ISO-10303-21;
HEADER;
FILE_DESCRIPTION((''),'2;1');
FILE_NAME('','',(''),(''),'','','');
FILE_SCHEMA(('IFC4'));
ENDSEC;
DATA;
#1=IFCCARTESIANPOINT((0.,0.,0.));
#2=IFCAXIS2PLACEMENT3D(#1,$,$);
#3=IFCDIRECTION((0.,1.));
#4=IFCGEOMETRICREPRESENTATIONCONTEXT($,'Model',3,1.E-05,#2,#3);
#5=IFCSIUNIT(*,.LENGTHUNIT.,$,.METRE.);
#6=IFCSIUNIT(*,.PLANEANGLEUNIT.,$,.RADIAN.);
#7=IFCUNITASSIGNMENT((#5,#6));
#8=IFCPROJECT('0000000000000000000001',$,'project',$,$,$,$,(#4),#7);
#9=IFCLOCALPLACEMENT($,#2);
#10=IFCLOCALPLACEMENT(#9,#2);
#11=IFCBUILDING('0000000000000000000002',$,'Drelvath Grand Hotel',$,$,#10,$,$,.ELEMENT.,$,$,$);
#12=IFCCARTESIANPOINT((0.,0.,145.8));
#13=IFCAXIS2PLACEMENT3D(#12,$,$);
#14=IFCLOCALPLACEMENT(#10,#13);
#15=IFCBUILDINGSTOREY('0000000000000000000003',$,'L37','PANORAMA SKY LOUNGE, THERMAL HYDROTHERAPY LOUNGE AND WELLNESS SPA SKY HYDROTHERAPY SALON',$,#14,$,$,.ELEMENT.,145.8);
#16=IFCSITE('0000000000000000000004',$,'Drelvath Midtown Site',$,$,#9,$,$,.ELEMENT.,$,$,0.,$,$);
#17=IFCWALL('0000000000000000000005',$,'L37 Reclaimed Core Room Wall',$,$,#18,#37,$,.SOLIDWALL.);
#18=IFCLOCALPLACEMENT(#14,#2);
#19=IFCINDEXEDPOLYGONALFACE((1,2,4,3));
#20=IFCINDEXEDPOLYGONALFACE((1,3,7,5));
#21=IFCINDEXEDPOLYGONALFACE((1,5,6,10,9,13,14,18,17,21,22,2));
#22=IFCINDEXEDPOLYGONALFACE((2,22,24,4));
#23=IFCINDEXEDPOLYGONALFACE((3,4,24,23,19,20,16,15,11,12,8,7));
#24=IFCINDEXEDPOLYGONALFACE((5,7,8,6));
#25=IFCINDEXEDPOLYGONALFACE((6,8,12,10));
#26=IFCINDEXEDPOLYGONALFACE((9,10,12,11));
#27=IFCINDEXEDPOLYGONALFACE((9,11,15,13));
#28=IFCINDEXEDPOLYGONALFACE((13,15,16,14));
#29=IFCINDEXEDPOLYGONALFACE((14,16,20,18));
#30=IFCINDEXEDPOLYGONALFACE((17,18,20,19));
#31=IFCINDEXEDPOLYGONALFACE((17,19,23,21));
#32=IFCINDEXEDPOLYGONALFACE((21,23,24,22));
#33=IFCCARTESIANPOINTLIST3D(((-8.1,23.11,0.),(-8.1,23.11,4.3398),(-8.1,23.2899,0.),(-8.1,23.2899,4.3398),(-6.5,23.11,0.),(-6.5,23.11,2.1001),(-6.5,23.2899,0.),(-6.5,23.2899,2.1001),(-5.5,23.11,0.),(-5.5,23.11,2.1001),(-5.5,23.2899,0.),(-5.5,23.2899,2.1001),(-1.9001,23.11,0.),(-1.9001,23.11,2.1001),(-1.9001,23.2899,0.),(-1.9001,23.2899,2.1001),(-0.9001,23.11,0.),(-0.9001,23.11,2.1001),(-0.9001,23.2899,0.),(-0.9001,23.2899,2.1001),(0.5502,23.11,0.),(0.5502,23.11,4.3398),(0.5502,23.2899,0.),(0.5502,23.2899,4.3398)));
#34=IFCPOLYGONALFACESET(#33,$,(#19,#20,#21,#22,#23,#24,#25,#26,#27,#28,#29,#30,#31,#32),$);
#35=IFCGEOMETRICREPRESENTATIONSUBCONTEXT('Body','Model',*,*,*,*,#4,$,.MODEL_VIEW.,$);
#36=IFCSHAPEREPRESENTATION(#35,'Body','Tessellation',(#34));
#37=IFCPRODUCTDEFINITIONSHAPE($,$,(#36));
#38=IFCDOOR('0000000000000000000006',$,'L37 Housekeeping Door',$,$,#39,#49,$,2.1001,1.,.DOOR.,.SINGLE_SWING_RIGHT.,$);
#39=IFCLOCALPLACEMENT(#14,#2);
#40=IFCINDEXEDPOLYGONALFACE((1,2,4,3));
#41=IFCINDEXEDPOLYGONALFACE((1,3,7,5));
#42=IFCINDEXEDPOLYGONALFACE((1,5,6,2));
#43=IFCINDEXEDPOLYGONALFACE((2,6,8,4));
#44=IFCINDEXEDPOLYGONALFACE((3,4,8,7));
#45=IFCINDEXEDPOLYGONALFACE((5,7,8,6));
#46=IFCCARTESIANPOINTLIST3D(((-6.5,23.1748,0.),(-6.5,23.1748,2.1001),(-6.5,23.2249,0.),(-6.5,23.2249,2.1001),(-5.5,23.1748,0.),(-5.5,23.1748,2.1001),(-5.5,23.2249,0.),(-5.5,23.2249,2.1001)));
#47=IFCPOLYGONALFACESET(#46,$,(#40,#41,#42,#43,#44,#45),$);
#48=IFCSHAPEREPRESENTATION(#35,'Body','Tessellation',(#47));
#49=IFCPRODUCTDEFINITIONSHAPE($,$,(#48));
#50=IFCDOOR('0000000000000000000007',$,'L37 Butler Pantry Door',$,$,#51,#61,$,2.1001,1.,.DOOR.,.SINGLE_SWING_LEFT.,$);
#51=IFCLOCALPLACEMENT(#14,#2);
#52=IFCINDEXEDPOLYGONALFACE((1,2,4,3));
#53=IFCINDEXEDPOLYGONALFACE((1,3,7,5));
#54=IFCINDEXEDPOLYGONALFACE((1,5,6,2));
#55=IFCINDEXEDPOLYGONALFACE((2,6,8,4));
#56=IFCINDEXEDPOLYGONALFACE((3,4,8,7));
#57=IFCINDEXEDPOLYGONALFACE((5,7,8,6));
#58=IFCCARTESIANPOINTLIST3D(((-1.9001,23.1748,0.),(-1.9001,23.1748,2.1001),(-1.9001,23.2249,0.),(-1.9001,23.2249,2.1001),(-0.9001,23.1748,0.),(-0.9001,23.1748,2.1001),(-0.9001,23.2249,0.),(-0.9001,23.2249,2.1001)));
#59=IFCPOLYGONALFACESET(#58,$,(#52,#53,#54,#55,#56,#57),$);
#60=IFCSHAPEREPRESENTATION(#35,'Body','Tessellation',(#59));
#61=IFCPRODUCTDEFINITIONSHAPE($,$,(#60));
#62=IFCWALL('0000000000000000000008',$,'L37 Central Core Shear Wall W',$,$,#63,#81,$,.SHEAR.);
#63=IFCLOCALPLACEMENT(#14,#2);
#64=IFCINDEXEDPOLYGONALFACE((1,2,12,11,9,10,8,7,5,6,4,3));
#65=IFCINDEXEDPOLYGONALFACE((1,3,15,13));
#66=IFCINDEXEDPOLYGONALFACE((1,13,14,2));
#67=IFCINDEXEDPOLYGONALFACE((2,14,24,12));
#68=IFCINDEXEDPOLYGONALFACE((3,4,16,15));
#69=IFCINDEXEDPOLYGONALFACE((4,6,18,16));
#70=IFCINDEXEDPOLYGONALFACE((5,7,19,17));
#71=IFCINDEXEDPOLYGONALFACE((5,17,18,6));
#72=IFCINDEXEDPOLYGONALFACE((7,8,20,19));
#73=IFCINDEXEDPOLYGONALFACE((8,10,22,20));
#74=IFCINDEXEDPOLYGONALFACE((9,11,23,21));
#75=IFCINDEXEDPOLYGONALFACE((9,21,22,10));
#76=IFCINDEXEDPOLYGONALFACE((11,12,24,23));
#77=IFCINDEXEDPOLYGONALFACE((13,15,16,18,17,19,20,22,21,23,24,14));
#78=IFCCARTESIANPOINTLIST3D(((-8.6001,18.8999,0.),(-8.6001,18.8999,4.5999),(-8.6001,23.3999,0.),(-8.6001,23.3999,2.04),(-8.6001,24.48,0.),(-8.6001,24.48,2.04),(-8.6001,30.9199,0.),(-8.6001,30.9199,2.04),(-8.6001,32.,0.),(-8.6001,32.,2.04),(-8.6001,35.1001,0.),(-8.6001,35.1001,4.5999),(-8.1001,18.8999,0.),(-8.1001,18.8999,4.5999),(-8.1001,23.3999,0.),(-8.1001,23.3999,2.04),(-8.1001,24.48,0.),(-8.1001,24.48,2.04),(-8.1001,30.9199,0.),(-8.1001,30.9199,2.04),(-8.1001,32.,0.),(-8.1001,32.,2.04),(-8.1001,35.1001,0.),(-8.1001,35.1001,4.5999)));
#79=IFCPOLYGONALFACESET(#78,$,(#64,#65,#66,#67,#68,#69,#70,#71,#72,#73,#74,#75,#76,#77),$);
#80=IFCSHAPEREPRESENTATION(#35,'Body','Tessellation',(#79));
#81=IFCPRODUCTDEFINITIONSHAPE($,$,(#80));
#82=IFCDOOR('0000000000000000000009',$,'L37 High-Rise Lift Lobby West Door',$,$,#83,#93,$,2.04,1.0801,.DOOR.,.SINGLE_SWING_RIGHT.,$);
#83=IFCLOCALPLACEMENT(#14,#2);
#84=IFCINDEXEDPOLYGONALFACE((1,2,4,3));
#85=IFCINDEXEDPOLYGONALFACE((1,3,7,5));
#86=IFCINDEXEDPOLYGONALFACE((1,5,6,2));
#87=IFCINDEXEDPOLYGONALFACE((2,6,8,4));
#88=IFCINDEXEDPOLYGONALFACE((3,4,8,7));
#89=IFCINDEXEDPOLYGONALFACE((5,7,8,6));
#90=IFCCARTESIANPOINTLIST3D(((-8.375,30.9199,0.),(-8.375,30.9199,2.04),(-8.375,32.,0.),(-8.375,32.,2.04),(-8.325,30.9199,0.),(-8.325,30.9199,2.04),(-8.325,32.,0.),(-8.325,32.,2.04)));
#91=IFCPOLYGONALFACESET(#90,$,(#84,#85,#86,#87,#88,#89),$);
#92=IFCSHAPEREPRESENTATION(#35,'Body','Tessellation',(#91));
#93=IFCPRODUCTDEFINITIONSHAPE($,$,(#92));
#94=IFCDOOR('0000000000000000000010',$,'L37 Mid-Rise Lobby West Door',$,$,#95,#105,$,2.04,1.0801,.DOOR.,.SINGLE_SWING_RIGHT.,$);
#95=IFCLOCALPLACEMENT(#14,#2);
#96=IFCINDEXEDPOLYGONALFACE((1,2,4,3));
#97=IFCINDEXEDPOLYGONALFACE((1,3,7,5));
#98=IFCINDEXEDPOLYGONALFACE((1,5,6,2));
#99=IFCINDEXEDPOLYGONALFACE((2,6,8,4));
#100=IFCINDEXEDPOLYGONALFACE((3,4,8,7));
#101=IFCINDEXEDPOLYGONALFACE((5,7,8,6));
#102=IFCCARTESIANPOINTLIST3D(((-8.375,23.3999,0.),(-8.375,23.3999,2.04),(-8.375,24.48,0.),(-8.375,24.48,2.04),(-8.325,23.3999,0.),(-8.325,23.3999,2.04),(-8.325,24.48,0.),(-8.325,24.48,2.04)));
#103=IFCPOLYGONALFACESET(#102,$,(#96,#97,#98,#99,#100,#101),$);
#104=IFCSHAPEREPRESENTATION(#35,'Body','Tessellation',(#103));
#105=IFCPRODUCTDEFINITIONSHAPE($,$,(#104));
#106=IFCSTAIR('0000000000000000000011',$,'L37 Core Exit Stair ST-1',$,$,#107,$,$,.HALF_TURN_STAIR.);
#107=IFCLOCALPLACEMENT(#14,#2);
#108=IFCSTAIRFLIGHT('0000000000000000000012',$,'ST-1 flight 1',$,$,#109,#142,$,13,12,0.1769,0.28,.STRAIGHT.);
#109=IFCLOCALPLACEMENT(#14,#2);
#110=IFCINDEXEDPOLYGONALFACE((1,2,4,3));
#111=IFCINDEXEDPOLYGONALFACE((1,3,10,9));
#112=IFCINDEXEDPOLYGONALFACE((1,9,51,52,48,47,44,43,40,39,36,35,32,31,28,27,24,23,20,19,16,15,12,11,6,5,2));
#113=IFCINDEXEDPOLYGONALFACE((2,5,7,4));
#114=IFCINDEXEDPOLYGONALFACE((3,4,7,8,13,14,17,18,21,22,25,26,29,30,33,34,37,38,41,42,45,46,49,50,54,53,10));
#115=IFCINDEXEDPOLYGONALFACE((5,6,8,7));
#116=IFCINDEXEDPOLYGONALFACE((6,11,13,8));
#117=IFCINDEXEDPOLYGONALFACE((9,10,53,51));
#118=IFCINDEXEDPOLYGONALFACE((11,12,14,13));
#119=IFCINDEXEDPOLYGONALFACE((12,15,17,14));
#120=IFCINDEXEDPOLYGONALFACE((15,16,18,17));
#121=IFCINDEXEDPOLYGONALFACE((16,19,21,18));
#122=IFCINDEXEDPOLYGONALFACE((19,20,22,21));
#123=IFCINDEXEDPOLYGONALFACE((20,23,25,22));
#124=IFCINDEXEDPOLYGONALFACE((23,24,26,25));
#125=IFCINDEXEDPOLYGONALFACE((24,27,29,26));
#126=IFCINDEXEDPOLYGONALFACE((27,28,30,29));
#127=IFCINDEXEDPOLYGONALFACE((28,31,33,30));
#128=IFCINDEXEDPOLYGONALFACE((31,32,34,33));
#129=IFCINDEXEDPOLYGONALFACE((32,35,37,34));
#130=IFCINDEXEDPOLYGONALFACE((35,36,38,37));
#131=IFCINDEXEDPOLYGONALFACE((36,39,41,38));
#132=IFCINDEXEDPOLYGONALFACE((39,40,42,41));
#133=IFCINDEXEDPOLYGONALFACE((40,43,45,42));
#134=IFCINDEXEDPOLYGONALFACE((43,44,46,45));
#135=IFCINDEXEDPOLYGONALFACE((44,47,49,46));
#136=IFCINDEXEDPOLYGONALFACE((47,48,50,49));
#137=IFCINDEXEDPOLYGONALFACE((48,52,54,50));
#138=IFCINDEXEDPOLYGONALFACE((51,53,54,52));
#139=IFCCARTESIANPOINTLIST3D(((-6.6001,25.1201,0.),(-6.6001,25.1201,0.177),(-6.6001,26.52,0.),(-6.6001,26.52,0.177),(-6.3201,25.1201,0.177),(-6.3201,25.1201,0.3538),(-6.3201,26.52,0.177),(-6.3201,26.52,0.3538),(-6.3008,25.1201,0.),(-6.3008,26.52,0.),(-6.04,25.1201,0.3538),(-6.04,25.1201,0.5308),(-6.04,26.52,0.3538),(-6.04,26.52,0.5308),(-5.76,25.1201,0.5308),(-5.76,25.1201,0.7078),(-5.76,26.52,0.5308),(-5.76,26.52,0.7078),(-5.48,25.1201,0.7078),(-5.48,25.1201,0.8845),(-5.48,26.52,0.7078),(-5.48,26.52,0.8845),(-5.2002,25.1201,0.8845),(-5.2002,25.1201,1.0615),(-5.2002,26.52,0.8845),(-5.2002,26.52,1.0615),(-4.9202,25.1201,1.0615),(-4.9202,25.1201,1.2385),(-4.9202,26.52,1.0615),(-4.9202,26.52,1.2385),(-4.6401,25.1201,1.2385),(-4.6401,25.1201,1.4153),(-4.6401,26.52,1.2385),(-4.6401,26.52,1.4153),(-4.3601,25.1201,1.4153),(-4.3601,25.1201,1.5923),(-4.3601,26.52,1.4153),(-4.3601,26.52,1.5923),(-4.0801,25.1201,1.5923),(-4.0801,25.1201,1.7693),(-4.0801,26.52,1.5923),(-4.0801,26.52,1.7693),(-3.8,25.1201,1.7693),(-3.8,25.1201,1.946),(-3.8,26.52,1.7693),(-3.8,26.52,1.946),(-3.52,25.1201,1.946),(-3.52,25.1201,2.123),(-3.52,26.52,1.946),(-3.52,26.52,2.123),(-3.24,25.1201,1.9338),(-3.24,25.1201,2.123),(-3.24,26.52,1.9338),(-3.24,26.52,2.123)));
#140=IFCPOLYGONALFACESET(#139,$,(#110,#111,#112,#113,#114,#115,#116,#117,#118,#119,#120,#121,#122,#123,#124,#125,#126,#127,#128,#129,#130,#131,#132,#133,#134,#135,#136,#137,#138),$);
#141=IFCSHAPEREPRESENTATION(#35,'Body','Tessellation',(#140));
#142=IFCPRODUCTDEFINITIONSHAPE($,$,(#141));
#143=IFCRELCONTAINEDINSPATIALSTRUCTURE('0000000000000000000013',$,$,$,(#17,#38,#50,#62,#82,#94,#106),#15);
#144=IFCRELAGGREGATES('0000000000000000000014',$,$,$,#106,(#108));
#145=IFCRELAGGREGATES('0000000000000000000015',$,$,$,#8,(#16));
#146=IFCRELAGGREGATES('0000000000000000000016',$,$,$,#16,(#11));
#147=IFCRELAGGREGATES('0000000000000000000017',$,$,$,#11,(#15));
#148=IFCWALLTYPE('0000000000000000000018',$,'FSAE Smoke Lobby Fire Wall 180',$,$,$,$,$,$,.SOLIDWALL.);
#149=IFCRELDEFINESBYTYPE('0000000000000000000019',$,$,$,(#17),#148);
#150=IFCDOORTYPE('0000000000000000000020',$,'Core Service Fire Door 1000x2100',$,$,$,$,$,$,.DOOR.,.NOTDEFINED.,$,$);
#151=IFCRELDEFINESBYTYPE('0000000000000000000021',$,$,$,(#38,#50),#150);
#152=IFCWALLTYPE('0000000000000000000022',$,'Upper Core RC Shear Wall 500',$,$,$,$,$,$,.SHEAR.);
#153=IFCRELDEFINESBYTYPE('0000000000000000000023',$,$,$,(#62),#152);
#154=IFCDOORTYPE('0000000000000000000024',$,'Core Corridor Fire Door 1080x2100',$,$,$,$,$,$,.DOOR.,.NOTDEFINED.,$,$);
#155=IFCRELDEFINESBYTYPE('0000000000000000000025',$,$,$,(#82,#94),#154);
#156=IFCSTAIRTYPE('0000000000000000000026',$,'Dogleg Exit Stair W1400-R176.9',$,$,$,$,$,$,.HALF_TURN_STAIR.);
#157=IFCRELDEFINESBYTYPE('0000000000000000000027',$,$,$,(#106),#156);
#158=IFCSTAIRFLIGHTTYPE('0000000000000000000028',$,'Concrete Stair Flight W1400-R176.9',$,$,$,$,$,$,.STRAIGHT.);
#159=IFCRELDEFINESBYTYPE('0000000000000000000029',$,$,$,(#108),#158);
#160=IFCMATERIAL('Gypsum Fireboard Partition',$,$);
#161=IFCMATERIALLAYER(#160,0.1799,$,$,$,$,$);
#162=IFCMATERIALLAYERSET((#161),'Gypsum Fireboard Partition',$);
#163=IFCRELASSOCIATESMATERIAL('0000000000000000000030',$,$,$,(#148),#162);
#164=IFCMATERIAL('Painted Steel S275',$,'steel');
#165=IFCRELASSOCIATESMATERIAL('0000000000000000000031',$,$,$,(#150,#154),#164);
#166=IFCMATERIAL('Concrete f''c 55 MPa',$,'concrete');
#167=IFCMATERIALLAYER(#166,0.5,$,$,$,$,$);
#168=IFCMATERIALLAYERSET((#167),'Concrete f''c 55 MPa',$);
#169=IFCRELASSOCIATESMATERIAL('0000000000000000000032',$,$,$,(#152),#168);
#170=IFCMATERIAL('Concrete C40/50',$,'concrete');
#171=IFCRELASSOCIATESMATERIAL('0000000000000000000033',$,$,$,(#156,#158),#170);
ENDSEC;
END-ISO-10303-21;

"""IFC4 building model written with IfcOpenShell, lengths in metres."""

from ifc_helpers import new_model, si_unit, direction, frame, frame_2d, origin, place, context, subcontext, project, spatial, polyline, rectangle, outline, extrude, material, layer, layer_set, type_object, element, fill, aggregate, save


model = new_model("IFC4")

# Units and contexts
model_context = context("Model", 3, precision=1e-05, world=origin(), true_north=direction((0.0, 1.0)))
body_context = subcontext(model_context, "Body", "Model", "MODEL_VIEW")
ifc_project = project(units=[si_unit("LENGTHUNIT", "METRE"), si_unit("PLANEANGLEUNIT", "RADIAN")], contexts=[model_context])

# Site, building, storey
site_placement = place(None, origin())
site = spatial("IfcSite", under=ifc_project, at=site_placement, Name="Drelvath Midtown Site", CompositionType="ELEMENT", RefElevation=0.0)
building_placement = place(site_placement, origin())
building = spatial("IfcBuilding", under=site, at=building_placement, Name="Drelvath Grand Hotel", CompositionType="ELEMENT")
storey_placement = place(building_placement, frame((0.0, 0.0, 145.8)))
storey = spatial("IfcBuildingStorey", under=building, at=storey_placement, Name="L37", Description="PANORAMA SKY LOUNGE, THERMAL HYDROTHERAPY LOUNGE AND WELLNESS SPA SKY HYDROTHERAPY SALON", CompositionType="ELEMENT", Elevation=145.8)

# Shared definitions
ifc_material_1 = material(Name="Concrete f'c 55 MPa", Category="concrete")

# Shared definitions
ifc_material_2 = material(Name="Concrete C40/50", Category="concrete")
ifc_material_3 = material(Name="Painted Steel S275", Category="steel")

# Shared definitions
ifc_material_4 = material(Name="Gypsum Fireboard Partition")

# Walls, openings, doors
ifc_layer_1 = layer(ifc_material_4, 0.1799)
ifc_layer_set_1 = layer_set([ifc_layer_1], Name="Gypsum Fireboard Partition")
wall_type_1 = type_object("IfcWallType", Name="FSAE Smoke Lobby Fire Wall 180", PredefinedType="SOLIDWALL", material=ifc_layer_set_1)
wall_1_placement = place(storey_placement, frame((-8.1001, 23.2, 0.0), z_axis=(0.0, 0.0, 1.0), x_axis=(1.0, 0.0, 0.0)))
wall_1 = element("IfcWall", 1, at=wall_1_placement, inside=storey, type_object=wall_type_1, Name="L37 Reclaimed Core Room Wall", PredefinedType="SOLIDWALL", context=body_context, shape_type="SweptSolid", body=[
    extrude(rectangle(XDim=8.6501, YDim=0.1799, at=frame_2d((4.3252, 0.0))), origin(), (0.0, 0.0, 1.0), 4.3398),
])
opening_1_placement = place(wall_1_placement, frame((1.6001, 0.0, 0.0)))
opening_1 = element("IfcOpeningElement", 2, at=opening_1_placement, cuts=wall_1, PredefinedType="OPENING", context=body_context, shape_type="SweptSolid", body=[
    extrude(rectangle(XDim=1.0, YDim=2.1001, at=frame_2d((0.5, 1.05))), frame((0.0, 0.0999, 0.0), z_axis=(0.0, -1.0, 0.0), x_axis=(1.0, 0.0, 0.0)), (0.0, 0.0, 1.0), 0.2),
])
opening_2_placement = place(wall_1_placement, frame((6.2, 0.0, 0.0)))
opening_2 = element("IfcOpeningElement", 3, at=opening_2_placement, cuts=wall_1, PredefinedType="OPENING", context=body_context, shape_type="SweptSolid", body=[
    extrude(rectangle(XDim=1.0, YDim=2.1001, at=frame_2d((0.5, 1.05))), frame((0.0, 0.0999, 0.0), z_axis=(0.0, -1.0, 0.0), x_axis=(1.0, 0.0, 0.0)), (0.0, 0.0, 1.0), 0.2),
])
door_type_1 = type_object("IfcDoorType", Name="Core Service Fire Door 1000x2100", OperationType="NOTDEFINED", PredefinedType="DOOR", material=ifc_material_3)
door_1_placement = place(opening_1_placement, origin())
door_1 = element("IfcDoor", 4, at=door_1_placement, inside=storey, type_object=door_type_1, Name="L37 Housekeeping Door", OperationType="SINGLE_SWING_RIGHT", OverallHeight=2.1001, OverallWidth=1.0, PredefinedType="DOOR", context=body_context, shape_type="SweptSolid", body=[
    extrude(rectangle(XDim=1.0, YDim=2.1001, at=frame_2d((0.5, 1.05))), frame((0.0, 0.0249, 0.0), z_axis=(0.0, -1.0, 0.0), x_axis=(1.0, 0.0, 0.0)), (0.0, 0.0, 1.0), 0.05),
])
fill(opening_1, door_1)
door_2_placement = place(opening_2_placement, origin())
door_2 = element("IfcDoor", 5, at=door_2_placement, inside=storey, type_object=door_type_1, Name="L37 Butler Pantry Door", OperationType="SINGLE_SWING_LEFT", OverallHeight=2.1001, OverallWidth=1.0, PredefinedType="DOOR", context=body_context, shape_type="SweptSolid", body=[
    extrude(rectangle(XDim=1.0, YDim=2.1001, at=frame_2d((0.5, 1.05))), frame((0.0, 0.0249, 0.0), z_axis=(0.0, -1.0, 0.0), x_axis=(1.0, 0.0, 0.0)), (0.0, 0.0, 1.0), 0.05),
])
fill(opening_2, door_2)
ifc_layer_2 = layer(ifc_material_1, 0.5)
ifc_layer_set_2 = layer_set([ifc_layer_2], Name="Concrete f'c 55 MPa")
wall_type_2 = type_object("IfcWallType", Name="Upper Core RC Shear Wall 500", PredefinedType="SHEAR", material=ifc_layer_set_2)
wall_2_placement = place(storey_placement, frame((-8.3501, 18.8999, 0.0), z_axis=(0.0, 0.0, 1.0), x_axis=(0.0, 1.0, 0.0)))
wall_2 = element("IfcWall", 6, at=wall_2_placement, inside=storey, type_object=wall_type_2, Name="L37 Central Core Shear Wall W", PredefinedType="SHEAR", context=body_context, shape_type="SweptSolid", body=[
    extrude(rectangle(XDim=16.2002, YDim=0.5, at=frame_2d((8.1001, 0.0))), origin(), (0.0, 0.0, 1.0), 4.5999),
])
opening_3_placement = place(wall_2_placement, frame((12.02, 0.0, 0.0)))
opening_3 = element("IfcOpeningElement", 7, at=opening_3_placement, cuts=wall_2, PredefinedType="OPENING", context=body_context, shape_type="SweptSolid", body=[
    extrude(rectangle(XDim=1.0801, YDim=2.04, at=frame_2d((0.54, 1.02))), frame((0.0, 0.26, 0.0), z_axis=(0.0, -1.0, 0.0), x_axis=(1.0, 0.0, 0.0)), (0.0, 0.0, 1.0), 0.52),
])
opening_4_placement = place(wall_2_placement, frame((4.5, 0.0, 0.0)))
opening_4 = element("IfcOpeningElement", 8, at=opening_4_placement, cuts=wall_2, PredefinedType="OPENING", context=body_context, shape_type="SweptSolid", body=[
    extrude(rectangle(XDim=1.0801, YDim=2.04, at=frame_2d((0.54, 1.02))), frame((0.0, 0.26, 0.0), z_axis=(0.0, -1.0, 0.0), x_axis=(1.0, 0.0, 0.0)), (0.0, 0.0, 1.0), 0.52),
])
door_type_2 = type_object("IfcDoorType", Name="Core Corridor Fire Door 1080x2100", OperationType="NOTDEFINED", PredefinedType="DOOR", material=ifc_material_3)
door_3_placement = place(opening_3_placement, origin())
door_3 = element("IfcDoor", 9, at=door_3_placement, inside=storey, type_object=door_type_2, Name="L37 High-Rise Lift Lobby West Door", OperationType="SINGLE_SWING_RIGHT", OverallHeight=2.04, OverallWidth=1.0801, PredefinedType="DOOR", context=body_context, shape_type="SweptSolid", body=[
    extrude(rectangle(XDim=1.0801, YDim=2.04, at=frame_2d((0.54, 1.02))), frame((0.0, 0.0249, 0.0), z_axis=(0.0, -1.0, 0.0), x_axis=(1.0, 0.0, 0.0)), (0.0, 0.0, 1.0), 0.05),
])
fill(opening_3, door_3)
door_4_placement = place(opening_4_placement, origin())
door_4 = element("IfcDoor", 10, at=door_4_placement, inside=storey, type_object=door_type_2, Name="L37 Mid-Rise Lobby West Door", OperationType="SINGLE_SWING_RIGHT", OverallHeight=2.04, OverallWidth=1.0801, PredefinedType="DOOR", context=body_context, shape_type="SweptSolid", body=[
    extrude(rectangle(XDim=1.0801, YDim=2.04, at=frame_2d((0.54, 1.02))), frame((0.0, 0.0249, 0.0), z_axis=(0.0, -1.0, 0.0), x_axis=(1.0, 0.0, 0.0)), (0.0, 0.0, 1.0), 0.05),
])
fill(opening_4, door_4)

# Stair, stair flight
stair_type = type_object("IfcStairType", Name="Dogleg Exit Stair W1400-R176.9", PredefinedType="HALF_TURN_STAIR", material=ifc_material_2)
stair_placement = place(storey_placement, origin())
stair = element("IfcStair", 11, at=stair_placement, inside=storey, type_object=stair_type, Name="L37 Core Exit Stair ST-1", PredefinedType="HALF_TURN_STAIR")
stair_flight_type = type_object("IfcStairFlightType", Name="Concrete Stair Flight W1400-R176.9", PredefinedType="STRAIGHT", material=ifc_material_2)
stair_flight_placement = place(storey_placement, frame((-6.6001, 25.8201, 0.0), z_axis=(0.0, 0.0, 1.0), x_axis=(1.0, 0.0, 0.0)))
stair_flight = element("IfcStairFlight", 12, at=stair_flight_placement, type_object=stair_flight_type, Name="ST-1 flight 1", NumberOfRisers=13, NumberOfTreads=12, PredefinedType="STRAIGHT", RiserHeight=0.1769, TreadLength=0.28, context=body_context, shape_type="SweptSolid", body=[
    extrude(outline(polyline([(0.0, 0.0), (0.0, 0.177), (0.28, 0.177), (0.28, 0.3538), (0.5601, 0.3538), (0.5601, 0.5308), (0.8401, 0.5308), (0.8401, 0.7078), (1.1201, 0.7078), (1.1201, 0.8845), (1.3999, 0.8845), (1.3999, 1.0615), (1.6799, 1.0615), (1.6799, 1.2385), (1.96, 1.2385), (1.96, 1.4153), (2.24, 1.4153), (2.24, 1.5923), (2.52, 1.5923), (2.52, 1.7693), (2.8, 1.7693), (2.8, 1.946), (3.0801, 1.946), (3.0801, 2.123), (3.3601, 2.123), (3.3601, 2.3), (3.3601, 1.9338), (0.2993, 0.0), (0.0, 0.0)])), frame((0.0, 0.7, 0.0), z_axis=(0.0, -1.0, 0.0), x_axis=(1.0, 0.0, 0.0)), (0.0, 0.0, 1.0), 1.3999),
])
aggregate(stair, [stair_flight])

save(model, "model.ifc")
